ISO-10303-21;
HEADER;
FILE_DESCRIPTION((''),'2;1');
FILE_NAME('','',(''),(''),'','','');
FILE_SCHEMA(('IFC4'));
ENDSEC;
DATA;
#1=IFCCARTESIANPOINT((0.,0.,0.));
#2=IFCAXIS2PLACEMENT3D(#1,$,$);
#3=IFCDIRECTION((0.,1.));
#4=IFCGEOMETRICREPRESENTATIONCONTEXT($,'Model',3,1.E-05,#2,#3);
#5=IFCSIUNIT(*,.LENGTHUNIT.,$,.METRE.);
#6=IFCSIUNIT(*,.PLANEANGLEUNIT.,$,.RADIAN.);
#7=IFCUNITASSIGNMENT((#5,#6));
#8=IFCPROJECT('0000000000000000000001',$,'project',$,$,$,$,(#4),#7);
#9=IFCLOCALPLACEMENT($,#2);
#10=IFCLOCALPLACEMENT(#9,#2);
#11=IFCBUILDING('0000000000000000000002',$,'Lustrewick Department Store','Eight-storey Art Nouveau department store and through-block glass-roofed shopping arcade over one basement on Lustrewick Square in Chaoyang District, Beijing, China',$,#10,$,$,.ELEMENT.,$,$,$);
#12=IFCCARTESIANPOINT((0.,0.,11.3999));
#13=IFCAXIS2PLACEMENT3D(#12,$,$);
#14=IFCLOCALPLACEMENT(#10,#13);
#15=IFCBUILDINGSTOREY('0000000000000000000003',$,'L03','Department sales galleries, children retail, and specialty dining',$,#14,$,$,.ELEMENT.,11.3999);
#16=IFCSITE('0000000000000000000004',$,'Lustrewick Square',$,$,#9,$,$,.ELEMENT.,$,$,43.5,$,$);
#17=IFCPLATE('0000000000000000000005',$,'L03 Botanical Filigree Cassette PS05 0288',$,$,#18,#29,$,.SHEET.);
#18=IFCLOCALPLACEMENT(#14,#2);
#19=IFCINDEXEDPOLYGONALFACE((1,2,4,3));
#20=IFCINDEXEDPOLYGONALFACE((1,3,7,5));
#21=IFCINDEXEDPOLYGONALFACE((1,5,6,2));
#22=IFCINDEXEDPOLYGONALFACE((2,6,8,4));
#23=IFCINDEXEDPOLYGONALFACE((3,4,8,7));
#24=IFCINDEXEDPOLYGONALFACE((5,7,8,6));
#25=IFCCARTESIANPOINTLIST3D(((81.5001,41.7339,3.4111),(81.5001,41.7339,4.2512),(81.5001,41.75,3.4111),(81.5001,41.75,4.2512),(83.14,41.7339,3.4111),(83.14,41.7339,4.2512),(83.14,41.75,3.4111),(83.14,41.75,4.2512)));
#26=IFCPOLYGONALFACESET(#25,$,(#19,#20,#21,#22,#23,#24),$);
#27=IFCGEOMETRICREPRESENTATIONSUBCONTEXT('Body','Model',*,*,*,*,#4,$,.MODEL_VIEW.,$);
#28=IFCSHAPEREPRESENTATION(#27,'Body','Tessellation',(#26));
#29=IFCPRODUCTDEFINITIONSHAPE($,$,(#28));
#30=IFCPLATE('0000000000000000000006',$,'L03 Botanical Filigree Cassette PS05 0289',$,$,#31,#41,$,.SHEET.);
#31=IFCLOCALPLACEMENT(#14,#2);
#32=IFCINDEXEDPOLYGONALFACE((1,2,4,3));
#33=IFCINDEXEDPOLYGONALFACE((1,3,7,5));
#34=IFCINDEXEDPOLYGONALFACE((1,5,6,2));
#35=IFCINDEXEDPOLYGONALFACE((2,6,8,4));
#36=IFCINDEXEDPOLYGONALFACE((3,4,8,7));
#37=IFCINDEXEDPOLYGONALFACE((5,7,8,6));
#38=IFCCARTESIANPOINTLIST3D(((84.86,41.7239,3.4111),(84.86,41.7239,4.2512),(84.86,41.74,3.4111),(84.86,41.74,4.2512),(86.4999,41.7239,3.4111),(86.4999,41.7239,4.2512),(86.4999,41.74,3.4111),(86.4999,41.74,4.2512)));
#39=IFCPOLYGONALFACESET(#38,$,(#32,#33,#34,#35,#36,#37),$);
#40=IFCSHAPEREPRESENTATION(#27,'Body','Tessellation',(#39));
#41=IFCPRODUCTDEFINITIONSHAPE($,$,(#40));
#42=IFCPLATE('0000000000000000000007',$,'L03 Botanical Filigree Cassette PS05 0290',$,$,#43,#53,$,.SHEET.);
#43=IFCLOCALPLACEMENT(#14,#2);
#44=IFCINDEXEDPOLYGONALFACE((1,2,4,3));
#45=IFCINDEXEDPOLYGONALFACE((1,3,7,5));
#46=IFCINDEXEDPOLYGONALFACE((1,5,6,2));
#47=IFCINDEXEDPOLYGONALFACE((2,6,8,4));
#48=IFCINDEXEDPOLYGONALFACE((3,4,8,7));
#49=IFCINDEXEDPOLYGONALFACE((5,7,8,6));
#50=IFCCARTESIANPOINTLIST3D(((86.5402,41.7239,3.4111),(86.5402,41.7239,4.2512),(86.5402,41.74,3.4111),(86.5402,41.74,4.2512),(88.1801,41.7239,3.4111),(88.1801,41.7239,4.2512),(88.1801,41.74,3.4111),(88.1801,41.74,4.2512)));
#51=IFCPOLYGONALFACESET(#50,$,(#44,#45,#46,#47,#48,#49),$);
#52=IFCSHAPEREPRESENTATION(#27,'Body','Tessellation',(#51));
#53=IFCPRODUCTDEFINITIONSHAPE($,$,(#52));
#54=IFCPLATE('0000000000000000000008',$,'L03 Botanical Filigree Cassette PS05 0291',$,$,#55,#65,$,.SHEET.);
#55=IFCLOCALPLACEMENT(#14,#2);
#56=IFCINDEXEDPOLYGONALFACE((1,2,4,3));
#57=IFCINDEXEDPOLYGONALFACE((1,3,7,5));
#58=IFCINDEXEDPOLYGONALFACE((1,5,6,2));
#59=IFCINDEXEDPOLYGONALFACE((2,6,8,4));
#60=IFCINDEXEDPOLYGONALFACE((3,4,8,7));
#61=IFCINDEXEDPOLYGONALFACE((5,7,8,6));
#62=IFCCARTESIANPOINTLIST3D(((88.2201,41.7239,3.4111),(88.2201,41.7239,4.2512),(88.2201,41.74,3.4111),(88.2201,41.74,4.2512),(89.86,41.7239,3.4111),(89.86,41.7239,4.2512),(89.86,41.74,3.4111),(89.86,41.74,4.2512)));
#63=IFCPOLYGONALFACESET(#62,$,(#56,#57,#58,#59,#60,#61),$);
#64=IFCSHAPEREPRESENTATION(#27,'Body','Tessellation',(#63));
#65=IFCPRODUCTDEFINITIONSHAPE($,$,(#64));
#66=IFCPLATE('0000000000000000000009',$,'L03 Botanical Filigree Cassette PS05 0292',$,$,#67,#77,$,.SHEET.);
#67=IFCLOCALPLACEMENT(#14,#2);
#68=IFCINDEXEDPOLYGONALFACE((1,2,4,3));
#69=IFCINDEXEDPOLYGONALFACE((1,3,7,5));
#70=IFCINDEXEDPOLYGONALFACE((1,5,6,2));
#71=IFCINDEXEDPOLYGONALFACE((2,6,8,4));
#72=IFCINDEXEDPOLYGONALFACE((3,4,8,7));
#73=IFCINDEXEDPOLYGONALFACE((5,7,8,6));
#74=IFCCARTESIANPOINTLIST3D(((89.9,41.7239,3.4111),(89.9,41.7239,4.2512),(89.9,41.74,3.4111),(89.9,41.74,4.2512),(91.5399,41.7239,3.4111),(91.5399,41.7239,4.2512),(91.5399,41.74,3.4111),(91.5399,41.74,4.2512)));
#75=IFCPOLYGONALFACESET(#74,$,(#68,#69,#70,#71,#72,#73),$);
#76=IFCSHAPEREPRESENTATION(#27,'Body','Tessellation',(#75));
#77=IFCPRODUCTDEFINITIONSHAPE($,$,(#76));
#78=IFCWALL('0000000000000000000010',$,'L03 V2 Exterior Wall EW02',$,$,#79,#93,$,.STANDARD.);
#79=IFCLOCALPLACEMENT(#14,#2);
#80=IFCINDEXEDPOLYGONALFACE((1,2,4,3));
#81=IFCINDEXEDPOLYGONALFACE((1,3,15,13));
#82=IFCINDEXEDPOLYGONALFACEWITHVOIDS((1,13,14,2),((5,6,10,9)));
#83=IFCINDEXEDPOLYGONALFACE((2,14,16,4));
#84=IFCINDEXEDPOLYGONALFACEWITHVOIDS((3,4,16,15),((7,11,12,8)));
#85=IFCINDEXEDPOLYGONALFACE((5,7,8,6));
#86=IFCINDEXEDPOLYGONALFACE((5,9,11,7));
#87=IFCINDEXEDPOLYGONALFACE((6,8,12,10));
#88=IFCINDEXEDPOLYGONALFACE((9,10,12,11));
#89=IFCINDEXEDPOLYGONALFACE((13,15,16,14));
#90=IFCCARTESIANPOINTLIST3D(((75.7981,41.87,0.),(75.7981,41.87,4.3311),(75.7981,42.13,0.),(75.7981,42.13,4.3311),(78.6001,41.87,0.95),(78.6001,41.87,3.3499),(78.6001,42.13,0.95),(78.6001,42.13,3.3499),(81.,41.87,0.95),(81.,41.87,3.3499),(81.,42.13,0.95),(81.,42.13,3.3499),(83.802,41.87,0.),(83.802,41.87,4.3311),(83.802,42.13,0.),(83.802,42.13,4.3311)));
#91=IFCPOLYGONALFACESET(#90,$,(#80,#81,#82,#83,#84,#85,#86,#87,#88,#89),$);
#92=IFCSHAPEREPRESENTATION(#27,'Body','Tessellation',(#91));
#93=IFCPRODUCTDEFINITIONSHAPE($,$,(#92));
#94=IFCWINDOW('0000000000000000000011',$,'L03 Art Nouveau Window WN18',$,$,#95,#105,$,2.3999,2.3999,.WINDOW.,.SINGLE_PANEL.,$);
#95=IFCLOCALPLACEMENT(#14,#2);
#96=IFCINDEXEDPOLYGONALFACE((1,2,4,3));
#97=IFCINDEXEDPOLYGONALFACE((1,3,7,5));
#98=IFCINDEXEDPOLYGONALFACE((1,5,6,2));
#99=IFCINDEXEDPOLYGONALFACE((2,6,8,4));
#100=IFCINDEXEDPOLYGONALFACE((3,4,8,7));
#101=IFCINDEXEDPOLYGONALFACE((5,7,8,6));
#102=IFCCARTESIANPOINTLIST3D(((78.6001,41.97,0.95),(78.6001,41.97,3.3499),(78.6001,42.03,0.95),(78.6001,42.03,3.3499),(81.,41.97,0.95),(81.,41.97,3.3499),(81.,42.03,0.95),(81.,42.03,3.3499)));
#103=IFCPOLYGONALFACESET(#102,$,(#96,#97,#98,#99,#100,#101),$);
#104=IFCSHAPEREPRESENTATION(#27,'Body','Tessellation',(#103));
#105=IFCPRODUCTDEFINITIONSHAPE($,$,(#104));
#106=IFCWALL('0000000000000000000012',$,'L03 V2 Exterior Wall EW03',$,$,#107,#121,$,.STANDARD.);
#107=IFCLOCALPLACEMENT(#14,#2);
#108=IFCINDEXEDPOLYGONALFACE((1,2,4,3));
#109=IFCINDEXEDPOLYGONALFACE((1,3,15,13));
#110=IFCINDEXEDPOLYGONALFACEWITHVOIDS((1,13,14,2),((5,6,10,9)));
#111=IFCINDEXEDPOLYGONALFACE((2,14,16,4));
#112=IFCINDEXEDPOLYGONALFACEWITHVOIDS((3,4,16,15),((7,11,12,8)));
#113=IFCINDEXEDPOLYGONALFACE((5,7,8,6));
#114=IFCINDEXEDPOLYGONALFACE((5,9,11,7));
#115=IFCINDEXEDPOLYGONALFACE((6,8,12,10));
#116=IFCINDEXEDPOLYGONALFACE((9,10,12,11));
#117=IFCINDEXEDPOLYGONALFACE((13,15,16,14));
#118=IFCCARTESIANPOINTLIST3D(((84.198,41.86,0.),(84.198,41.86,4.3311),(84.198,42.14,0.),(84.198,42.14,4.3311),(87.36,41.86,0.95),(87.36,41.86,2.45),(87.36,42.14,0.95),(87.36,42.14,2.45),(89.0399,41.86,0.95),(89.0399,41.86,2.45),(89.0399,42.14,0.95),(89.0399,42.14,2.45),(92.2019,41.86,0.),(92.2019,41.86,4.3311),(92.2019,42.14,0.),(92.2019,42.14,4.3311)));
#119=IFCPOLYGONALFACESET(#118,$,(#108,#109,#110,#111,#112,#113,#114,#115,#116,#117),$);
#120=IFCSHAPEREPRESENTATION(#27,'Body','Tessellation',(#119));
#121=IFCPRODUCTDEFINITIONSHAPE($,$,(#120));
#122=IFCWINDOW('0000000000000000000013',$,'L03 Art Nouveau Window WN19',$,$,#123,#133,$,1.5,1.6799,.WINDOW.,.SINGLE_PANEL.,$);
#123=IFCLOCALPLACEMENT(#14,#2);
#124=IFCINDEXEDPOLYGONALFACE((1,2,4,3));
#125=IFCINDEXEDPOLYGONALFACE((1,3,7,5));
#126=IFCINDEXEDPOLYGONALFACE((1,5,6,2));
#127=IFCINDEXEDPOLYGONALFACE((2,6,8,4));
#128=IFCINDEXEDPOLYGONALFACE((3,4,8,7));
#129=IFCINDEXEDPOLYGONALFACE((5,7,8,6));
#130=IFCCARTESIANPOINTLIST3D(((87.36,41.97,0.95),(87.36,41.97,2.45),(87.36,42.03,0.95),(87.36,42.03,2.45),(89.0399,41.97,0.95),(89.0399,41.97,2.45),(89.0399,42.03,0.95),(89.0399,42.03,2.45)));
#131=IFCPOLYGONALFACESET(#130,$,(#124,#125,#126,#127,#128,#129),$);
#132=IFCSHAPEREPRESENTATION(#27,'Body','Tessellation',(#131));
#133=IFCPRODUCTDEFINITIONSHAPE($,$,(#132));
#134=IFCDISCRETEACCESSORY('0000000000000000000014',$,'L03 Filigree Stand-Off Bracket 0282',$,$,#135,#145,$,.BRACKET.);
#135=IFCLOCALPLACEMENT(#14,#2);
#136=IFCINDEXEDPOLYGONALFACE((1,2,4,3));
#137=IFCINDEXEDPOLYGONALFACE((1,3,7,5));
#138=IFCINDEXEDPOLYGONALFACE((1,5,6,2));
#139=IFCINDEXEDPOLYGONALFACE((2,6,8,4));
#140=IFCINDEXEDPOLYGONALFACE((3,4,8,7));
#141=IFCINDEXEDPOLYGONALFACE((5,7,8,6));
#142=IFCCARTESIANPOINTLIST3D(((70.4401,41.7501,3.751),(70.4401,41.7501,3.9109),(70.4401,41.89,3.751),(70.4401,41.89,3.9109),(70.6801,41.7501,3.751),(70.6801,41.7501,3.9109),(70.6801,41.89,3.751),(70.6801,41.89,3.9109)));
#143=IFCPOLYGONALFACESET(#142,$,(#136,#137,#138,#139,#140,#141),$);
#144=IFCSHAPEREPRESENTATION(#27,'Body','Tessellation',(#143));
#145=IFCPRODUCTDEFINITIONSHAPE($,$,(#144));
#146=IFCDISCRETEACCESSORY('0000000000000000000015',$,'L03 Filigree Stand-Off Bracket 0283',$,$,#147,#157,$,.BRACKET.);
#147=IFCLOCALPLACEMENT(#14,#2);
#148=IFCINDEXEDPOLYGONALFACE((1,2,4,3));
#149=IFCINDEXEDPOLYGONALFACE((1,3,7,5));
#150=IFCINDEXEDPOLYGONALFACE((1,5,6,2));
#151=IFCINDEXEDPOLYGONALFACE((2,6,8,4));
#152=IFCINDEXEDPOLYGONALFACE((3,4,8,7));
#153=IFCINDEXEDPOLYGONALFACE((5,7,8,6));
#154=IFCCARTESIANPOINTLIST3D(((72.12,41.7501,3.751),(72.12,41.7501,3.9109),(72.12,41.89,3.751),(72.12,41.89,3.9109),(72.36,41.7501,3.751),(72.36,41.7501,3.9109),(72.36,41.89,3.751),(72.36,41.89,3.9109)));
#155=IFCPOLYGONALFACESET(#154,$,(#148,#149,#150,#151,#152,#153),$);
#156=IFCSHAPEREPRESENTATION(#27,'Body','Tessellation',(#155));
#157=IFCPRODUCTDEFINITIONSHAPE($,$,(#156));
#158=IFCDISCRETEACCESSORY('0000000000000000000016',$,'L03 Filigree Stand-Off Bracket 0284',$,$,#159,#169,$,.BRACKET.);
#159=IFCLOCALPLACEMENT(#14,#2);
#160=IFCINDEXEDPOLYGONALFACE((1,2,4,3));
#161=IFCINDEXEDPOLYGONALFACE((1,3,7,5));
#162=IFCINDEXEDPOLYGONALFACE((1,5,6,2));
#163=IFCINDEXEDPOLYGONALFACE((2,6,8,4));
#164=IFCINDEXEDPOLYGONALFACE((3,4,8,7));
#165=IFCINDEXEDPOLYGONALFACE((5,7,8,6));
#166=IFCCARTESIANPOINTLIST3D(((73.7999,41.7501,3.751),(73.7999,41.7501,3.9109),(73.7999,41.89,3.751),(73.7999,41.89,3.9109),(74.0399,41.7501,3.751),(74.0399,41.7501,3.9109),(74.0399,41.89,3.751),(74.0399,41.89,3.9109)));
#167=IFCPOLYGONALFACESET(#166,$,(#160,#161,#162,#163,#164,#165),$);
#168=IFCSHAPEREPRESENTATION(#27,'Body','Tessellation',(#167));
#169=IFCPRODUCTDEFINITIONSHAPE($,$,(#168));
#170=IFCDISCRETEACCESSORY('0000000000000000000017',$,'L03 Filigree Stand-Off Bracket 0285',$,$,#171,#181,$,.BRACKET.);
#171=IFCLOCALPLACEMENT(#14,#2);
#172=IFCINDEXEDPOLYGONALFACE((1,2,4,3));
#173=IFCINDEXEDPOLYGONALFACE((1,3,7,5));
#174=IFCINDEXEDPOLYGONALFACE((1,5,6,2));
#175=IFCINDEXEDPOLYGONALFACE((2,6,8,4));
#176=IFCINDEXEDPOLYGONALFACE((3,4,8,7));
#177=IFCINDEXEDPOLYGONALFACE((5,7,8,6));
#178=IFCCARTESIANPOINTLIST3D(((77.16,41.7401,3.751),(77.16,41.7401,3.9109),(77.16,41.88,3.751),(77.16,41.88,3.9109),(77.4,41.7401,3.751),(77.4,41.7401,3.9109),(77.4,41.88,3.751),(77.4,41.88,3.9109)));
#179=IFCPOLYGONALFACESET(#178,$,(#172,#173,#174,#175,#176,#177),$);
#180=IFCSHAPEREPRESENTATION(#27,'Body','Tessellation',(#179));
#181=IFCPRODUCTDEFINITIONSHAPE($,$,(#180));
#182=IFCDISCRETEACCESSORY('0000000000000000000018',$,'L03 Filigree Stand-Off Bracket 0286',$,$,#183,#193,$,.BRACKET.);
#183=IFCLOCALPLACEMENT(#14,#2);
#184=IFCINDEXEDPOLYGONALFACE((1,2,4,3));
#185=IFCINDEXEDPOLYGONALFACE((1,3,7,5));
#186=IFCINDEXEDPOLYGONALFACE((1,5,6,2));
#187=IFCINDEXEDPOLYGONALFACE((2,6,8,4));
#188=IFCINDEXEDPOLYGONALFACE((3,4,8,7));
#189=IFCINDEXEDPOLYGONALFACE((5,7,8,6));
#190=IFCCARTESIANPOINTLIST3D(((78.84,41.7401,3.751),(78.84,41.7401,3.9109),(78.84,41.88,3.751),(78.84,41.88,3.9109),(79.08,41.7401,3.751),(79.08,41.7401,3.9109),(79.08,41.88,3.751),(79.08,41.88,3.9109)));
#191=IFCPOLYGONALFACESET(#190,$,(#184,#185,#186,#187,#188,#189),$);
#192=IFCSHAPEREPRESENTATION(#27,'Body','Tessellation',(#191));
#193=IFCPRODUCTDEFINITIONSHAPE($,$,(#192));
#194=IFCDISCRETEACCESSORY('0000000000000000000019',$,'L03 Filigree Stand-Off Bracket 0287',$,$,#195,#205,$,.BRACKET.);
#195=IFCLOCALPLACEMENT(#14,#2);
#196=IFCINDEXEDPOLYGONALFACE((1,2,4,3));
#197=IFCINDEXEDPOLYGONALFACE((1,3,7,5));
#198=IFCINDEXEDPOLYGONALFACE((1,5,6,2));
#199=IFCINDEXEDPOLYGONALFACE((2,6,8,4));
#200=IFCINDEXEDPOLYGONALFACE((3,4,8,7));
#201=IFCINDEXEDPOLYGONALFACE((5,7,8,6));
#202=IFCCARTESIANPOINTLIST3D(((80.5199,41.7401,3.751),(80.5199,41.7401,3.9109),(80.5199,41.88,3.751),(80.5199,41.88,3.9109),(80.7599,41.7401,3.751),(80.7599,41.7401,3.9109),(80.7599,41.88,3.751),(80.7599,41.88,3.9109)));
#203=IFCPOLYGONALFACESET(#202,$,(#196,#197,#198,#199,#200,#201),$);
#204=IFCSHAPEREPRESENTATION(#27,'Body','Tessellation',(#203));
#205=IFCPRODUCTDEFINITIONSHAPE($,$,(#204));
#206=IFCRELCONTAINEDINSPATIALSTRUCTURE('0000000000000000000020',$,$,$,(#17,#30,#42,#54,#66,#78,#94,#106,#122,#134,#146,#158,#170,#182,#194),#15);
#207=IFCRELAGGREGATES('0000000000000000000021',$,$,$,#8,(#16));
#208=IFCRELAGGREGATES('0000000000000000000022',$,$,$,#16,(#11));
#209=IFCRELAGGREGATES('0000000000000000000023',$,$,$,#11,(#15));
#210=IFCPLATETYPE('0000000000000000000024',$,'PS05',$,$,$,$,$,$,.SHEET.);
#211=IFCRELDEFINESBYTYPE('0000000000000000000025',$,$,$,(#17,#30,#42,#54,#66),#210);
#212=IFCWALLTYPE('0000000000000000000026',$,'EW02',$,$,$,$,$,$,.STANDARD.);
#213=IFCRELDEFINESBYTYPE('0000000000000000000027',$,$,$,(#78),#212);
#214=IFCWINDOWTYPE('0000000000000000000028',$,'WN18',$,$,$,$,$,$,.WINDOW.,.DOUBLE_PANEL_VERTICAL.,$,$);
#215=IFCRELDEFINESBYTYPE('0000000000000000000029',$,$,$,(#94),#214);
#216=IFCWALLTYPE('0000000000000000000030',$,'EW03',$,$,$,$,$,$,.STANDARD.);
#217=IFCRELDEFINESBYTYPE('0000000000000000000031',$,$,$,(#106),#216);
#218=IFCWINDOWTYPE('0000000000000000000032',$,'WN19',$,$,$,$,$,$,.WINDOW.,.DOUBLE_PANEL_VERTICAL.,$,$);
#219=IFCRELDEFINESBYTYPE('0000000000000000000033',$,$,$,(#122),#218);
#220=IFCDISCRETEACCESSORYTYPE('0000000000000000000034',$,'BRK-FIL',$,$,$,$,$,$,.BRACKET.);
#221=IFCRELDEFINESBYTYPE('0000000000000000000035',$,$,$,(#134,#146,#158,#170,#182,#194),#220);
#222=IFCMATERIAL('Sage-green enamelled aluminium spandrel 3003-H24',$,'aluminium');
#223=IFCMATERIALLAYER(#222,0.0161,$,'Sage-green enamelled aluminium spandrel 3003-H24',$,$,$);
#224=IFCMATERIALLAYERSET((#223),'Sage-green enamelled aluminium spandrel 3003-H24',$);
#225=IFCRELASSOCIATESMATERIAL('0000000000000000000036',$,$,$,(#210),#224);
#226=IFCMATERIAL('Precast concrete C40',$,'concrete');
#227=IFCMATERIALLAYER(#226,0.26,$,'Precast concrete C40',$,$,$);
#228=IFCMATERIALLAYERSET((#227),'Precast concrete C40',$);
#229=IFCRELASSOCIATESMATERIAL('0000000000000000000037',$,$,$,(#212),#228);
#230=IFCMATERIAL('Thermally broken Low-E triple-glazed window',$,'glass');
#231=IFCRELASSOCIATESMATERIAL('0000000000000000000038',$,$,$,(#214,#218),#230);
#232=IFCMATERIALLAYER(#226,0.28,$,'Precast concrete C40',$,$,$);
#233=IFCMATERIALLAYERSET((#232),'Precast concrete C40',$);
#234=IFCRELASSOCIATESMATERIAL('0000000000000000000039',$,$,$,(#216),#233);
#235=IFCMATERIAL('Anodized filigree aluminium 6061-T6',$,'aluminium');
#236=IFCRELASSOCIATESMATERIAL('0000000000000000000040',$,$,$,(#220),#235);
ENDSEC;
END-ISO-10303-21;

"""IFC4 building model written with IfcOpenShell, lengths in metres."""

from ifc_helpers import new_model, si_unit, direction, frame, frame_2d, origin, origin_2d, place, context, subcontext, project, spatial, rectangle, extrude, material, layer, layer_set, type_object, element, fill, save


model = new_model("IFC4")

# Units and contexts
model_context = context("Model", 3, precision=1e-05, world=origin(), true_north=direction((0.0, 1.0)))
body_context = subcontext(model_context, "Body", "Model", "MODEL_VIEW")
ifc_project = project(units=[si_unit("LENGTHUNIT", "METRE"), si_unit("PLANEANGLEUNIT", "RADIAN")], contexts=[model_context])

# Site, building, storey
site_placement = place(None, origin())
site = spatial("IfcSite", under=ifc_project, at=site_placement, Name="Lustrewick Square", CompositionType="ELEMENT", RefElevation=43.5)
building_placement = place(site_placement, origin())
building = spatial("IfcBuilding", under=site, at=building_placement, Name="Lustrewick Department Store", Description="Eight-storey Art Nouveau department store and through-block glass-roofed shopping arcade over one basement on Lustrewick Square in Chaoyang District, Beijing, China", CompositionType="ELEMENT")
storey_placement = place(building_placement, frame((0.0, 0.0, 11.3999)))
storey = spatial("IfcBuildingStorey", under=building, at=storey_placement, Name="L03", Description="Department sales galleries, children retail, and specialty dining", CompositionType="ELEMENT", Elevation=11.3999)

# Plates
ifc_material_1 = material(Name="Sage-green enamelled aluminium spandrel 3003-H24", Category="aluminium")
ifc_layer_1 = layer(ifc_material_1, 0.0161, Name="Sage-green enamelled aluminium spandrel 3003-H24")
ifc_layer_set_1 = layer_set([ifc_layer_1], Name="Sage-green enamelled aluminium spandrel 3003-H24")
plate_type = type_object("IfcPlateType", Name="PS05", PredefinedType="SHEET", material=ifc_layer_set_1)
for number, where, z_axis, x_axis, name in (
    (1, (82.3201, 41.7419, 3.4111), (0.0, 0.0, 1.0), (1.0, 0.0, 0.0), "L03 Botanical Filigree Cassette PS05 0288"),
    (2, (85.6799, 41.7319, 3.4111), (0.0, 0.0, 1.0), (1.0, 0.0, 0.0), "L03 Botanical Filigree Cassette PS05 0289"),
    (3, (87.3601, 41.7319, 3.4111), (0.0, 0.0, 1.0), (1.0, 0.0, 0.0), "L03 Botanical Filigree Cassette PS05 0290"),
    (4, (89.04, 41.7319, 3.4111), (0.0, 0.0, 1.0), (1.0, 0.0, 0.0), "L03 Botanical Filigree Cassette PS05 0291"),
    (5, (90.72, 41.7319, 3.4111), (0.0, 0.0, 1.0), (1.0, 0.0, 0.0), "L03 Botanical Filigree Cassette PS05 0292"),
):
    element("IfcPlate", number, at=place(storey_placement, frame(where, z_axis=z_axis, x_axis=x_axis)), inside=storey, type_object=plate_type, Name=name, PredefinedType="SHEET", context=body_context, shape_type="SweptSolid", body=[
        extrude(rectangle(XDim=1.6399, YDim=0.0161, at=origin_2d()), origin(), (0.0, 0.0, 1.0), 0.8401),
    ])

# Walls, openings, windows
ifc_material_2 = material(Name="Precast concrete C40", Category="concrete")
ifc_layer_2 = layer(ifc_material_2, 0.26, Name="Precast concrete C40")
ifc_layer_set_2 = layer_set([ifc_layer_2], Name="Precast concrete C40")
wall_type_1 = type_object("IfcWallType", Name="EW02", PredefinedType="STANDARD", material=ifc_layer_set_2)
wall_1_placement = place(storey_placement, frame((75.7981, 42.0, 0.0), z_axis=(0.0, 0.0, 1.0), x_axis=(1.0, 0.0, 0.0)))
wall_1 = element("IfcWall", 6, at=wall_1_placement, inside=storey, type_object=wall_type_1, Name="L03 V2 Exterior Wall EW02", PredefinedType="STANDARD", context=body_context, shape_type="SweptSolid", body=[
    extrude(rectangle(XDim=8.0039, YDim=0.26, at=frame_2d((4.002, 0.0))), origin(), (0.0, 0.0, 1.0), 4.3311),
])
opening_1_placement = place(wall_1_placement, frame((2.802, 0.0, 0.95)))
opening_1 = element("IfcOpeningElement", 7, at=opening_1_placement, cuts=wall_1, PredefinedType="OPENING", context=body_context, shape_type="SweptSolid", body=[
    extrude(rectangle(XDim=2.3999, YDim=2.3999, at=frame_2d((1.2, 1.2))), frame((0.0, 0.1401, 0.0), z_axis=(0.0, -1.0, 0.0), x_axis=(1.0, 0.0, 0.0)), (0.0, 0.0, 1.0), 0.28),
])
ifc_material_3 = material(Name="Thermally broken Low-E triple-glazed window", Category="glass")
window_type_1 = type_object("IfcWindowType", Name="WN18", PartitioningType="DOUBLE_PANEL_VERTICAL", PredefinedType="WINDOW", material=ifc_material_3)
window_1_placement = place(opening_1_placement, origin())
window_1 = element("IfcWindow", 8, at=window_1_placement, inside=storey, type_object=window_type_1, Name="L03 Art Nouveau Window WN18", OverallHeight=2.3999, OverallWidth=2.3999, PartitioningType="SINGLE_PANEL", PredefinedType="WINDOW", context=body_context, shape_type="SweptSolid", body=[
    extrude(rectangle(XDim=2.3999, YDim=2.3999, at=frame_2d((1.2, 1.2))), frame((0.0, 0.03, 0.0), z_axis=(0.0, -1.0, 0.0), x_axis=(1.0, 0.0, 0.0)), (0.0, 0.0, 1.0), 0.0601),
])
fill(opening_1, window_1)
ifc_layer_3 = layer(ifc_material_2, 0.28, Name="Precast concrete C40")
ifc_layer_set_3 = layer_set([ifc_layer_3], Name="Precast concrete C40")
wall_type_2 = type_object("IfcWallType", Name="EW03", PredefinedType="STANDARD", material=ifc_layer_set_3)
wall_2_placement = place(storey_placement, frame((84.198, 42.0, 0.0), z_axis=(0.0, 0.0, 1.0), x_axis=(1.0, 0.0, 0.0)))
wall_2 = element("IfcWall", 9, at=wall_2_placement, inside=storey, type_object=wall_type_2, Name="L03 V2 Exterior Wall EW03", PredefinedType="STANDARD", context=body_context, shape_type="SweptSolid", body=[
    extrude(rectangle(XDim=8.0039, YDim=0.28, at=frame_2d((4.002, 0.0))), origin(), (0.0, 0.0, 1.0), 4.3311),
])
opening_2_placement = place(wall_2_placement, frame((3.1621, 0.0, 0.95)))
opening_2 = element("IfcOpeningElement", 10, at=opening_2_placement, cuts=wall_2, PredefinedType="OPENING", context=body_context, shape_type="SweptSolid", body=[
    extrude(rectangle(XDim=1.6799, YDim=1.5, at=frame_2d((0.8398, 0.75))), frame((0.0, 0.1499, 0.0), z_axis=(0.0, -1.0, 0.0), x_axis=(1.0, 0.0, 0.0)), (0.0, 0.0, 1.0), 0.3),
])
window_type_2 = type_object("IfcWindowType", Name="WN19", PartitioningType="DOUBLE_PANEL_VERTICAL", PredefinedType="WINDOW", material=ifc_material_3)
window_2_placement = place(opening_2_placement, origin())
window_2 = element("IfcWindow", 11, at=window_2_placement, inside=storey, type_object=window_type_2, Name="L03 Art Nouveau Window WN19", OverallHeight=1.5, OverallWidth=1.6799, PartitioningType="SINGLE_PANEL", PredefinedType="WINDOW", context=body_context, shape_type="SweptSolid", body=[
    extrude(rectangle(XDim=1.6799, YDim=1.5, at=frame_2d((0.8398, 0.75))), frame((0.0, 0.03, 0.0), z_axis=(0.0, -1.0, 0.0), x_axis=(1.0, 0.0, 0.0)), (0.0, 0.0, 1.0), 0.0601),
])
fill(opening_2, window_2)

# Discrete accessories
ifc_material_4 = material(Name="Anodized filigree aluminium 6061-T6", Category="aluminium")
discrete_accessory_type = type_object("IfcDiscreteAccessoryType", Name="BRK-FIL", PredefinedType="BRACKET", material=ifc_material_4)
for number, where, z_axis, x_axis, name in (
    (12, (70.5601, 41.8201, 3.751), (0.0, 0.0, 1.0), (1.0, 0.0, 0.0), "L03 Filigree Stand-Off Bracket 0282"),
    (13, (72.24, 41.8201, 3.751), (0.0, 0.0, 1.0), (1.0, 0.0, 0.0), "L03 Filigree Stand-Off Bracket 0283"),
    (14, (73.9199, 41.8201, 3.751), (0.0, 0.0, 1.0), (1.0, 0.0, 0.0), "L03 Filigree Stand-Off Bracket 0284"),
    (15, (77.28, 41.8101, 3.751), (0.0, 0.0, 1.0), (1.0, 0.0, 0.0), "L03 Filigree Stand-Off Bracket 0285"),
    (16, (78.96, 41.8101, 3.751), (0.0, 0.0, 1.0), (1.0, 0.0, 0.0), "L03 Filigree Stand-Off Bracket 0286"),
    (17, (80.6399, 41.8101, 3.751), (0.0, 0.0, 1.0), (1.0, 0.0, 0.0), "L03 Filigree Stand-Off Bracket 0287"),
):
    element("IfcDiscreteAccessory", number, at=place(storey_placement, frame(where, z_axis=z_axis, x_axis=x_axis)), inside=storey, type_object=discrete_accessory_type, Name=name, PredefinedType="BRACKET", context=body_context, shape_type="SweptSolid", body=[
        extrude(rectangle(XDim=0.24, YDim=0.1399, at=origin_2d()), origin(), (0.0, 0.0, 1.0), 0.1599),
    ])

save(model, "model.ifc")
